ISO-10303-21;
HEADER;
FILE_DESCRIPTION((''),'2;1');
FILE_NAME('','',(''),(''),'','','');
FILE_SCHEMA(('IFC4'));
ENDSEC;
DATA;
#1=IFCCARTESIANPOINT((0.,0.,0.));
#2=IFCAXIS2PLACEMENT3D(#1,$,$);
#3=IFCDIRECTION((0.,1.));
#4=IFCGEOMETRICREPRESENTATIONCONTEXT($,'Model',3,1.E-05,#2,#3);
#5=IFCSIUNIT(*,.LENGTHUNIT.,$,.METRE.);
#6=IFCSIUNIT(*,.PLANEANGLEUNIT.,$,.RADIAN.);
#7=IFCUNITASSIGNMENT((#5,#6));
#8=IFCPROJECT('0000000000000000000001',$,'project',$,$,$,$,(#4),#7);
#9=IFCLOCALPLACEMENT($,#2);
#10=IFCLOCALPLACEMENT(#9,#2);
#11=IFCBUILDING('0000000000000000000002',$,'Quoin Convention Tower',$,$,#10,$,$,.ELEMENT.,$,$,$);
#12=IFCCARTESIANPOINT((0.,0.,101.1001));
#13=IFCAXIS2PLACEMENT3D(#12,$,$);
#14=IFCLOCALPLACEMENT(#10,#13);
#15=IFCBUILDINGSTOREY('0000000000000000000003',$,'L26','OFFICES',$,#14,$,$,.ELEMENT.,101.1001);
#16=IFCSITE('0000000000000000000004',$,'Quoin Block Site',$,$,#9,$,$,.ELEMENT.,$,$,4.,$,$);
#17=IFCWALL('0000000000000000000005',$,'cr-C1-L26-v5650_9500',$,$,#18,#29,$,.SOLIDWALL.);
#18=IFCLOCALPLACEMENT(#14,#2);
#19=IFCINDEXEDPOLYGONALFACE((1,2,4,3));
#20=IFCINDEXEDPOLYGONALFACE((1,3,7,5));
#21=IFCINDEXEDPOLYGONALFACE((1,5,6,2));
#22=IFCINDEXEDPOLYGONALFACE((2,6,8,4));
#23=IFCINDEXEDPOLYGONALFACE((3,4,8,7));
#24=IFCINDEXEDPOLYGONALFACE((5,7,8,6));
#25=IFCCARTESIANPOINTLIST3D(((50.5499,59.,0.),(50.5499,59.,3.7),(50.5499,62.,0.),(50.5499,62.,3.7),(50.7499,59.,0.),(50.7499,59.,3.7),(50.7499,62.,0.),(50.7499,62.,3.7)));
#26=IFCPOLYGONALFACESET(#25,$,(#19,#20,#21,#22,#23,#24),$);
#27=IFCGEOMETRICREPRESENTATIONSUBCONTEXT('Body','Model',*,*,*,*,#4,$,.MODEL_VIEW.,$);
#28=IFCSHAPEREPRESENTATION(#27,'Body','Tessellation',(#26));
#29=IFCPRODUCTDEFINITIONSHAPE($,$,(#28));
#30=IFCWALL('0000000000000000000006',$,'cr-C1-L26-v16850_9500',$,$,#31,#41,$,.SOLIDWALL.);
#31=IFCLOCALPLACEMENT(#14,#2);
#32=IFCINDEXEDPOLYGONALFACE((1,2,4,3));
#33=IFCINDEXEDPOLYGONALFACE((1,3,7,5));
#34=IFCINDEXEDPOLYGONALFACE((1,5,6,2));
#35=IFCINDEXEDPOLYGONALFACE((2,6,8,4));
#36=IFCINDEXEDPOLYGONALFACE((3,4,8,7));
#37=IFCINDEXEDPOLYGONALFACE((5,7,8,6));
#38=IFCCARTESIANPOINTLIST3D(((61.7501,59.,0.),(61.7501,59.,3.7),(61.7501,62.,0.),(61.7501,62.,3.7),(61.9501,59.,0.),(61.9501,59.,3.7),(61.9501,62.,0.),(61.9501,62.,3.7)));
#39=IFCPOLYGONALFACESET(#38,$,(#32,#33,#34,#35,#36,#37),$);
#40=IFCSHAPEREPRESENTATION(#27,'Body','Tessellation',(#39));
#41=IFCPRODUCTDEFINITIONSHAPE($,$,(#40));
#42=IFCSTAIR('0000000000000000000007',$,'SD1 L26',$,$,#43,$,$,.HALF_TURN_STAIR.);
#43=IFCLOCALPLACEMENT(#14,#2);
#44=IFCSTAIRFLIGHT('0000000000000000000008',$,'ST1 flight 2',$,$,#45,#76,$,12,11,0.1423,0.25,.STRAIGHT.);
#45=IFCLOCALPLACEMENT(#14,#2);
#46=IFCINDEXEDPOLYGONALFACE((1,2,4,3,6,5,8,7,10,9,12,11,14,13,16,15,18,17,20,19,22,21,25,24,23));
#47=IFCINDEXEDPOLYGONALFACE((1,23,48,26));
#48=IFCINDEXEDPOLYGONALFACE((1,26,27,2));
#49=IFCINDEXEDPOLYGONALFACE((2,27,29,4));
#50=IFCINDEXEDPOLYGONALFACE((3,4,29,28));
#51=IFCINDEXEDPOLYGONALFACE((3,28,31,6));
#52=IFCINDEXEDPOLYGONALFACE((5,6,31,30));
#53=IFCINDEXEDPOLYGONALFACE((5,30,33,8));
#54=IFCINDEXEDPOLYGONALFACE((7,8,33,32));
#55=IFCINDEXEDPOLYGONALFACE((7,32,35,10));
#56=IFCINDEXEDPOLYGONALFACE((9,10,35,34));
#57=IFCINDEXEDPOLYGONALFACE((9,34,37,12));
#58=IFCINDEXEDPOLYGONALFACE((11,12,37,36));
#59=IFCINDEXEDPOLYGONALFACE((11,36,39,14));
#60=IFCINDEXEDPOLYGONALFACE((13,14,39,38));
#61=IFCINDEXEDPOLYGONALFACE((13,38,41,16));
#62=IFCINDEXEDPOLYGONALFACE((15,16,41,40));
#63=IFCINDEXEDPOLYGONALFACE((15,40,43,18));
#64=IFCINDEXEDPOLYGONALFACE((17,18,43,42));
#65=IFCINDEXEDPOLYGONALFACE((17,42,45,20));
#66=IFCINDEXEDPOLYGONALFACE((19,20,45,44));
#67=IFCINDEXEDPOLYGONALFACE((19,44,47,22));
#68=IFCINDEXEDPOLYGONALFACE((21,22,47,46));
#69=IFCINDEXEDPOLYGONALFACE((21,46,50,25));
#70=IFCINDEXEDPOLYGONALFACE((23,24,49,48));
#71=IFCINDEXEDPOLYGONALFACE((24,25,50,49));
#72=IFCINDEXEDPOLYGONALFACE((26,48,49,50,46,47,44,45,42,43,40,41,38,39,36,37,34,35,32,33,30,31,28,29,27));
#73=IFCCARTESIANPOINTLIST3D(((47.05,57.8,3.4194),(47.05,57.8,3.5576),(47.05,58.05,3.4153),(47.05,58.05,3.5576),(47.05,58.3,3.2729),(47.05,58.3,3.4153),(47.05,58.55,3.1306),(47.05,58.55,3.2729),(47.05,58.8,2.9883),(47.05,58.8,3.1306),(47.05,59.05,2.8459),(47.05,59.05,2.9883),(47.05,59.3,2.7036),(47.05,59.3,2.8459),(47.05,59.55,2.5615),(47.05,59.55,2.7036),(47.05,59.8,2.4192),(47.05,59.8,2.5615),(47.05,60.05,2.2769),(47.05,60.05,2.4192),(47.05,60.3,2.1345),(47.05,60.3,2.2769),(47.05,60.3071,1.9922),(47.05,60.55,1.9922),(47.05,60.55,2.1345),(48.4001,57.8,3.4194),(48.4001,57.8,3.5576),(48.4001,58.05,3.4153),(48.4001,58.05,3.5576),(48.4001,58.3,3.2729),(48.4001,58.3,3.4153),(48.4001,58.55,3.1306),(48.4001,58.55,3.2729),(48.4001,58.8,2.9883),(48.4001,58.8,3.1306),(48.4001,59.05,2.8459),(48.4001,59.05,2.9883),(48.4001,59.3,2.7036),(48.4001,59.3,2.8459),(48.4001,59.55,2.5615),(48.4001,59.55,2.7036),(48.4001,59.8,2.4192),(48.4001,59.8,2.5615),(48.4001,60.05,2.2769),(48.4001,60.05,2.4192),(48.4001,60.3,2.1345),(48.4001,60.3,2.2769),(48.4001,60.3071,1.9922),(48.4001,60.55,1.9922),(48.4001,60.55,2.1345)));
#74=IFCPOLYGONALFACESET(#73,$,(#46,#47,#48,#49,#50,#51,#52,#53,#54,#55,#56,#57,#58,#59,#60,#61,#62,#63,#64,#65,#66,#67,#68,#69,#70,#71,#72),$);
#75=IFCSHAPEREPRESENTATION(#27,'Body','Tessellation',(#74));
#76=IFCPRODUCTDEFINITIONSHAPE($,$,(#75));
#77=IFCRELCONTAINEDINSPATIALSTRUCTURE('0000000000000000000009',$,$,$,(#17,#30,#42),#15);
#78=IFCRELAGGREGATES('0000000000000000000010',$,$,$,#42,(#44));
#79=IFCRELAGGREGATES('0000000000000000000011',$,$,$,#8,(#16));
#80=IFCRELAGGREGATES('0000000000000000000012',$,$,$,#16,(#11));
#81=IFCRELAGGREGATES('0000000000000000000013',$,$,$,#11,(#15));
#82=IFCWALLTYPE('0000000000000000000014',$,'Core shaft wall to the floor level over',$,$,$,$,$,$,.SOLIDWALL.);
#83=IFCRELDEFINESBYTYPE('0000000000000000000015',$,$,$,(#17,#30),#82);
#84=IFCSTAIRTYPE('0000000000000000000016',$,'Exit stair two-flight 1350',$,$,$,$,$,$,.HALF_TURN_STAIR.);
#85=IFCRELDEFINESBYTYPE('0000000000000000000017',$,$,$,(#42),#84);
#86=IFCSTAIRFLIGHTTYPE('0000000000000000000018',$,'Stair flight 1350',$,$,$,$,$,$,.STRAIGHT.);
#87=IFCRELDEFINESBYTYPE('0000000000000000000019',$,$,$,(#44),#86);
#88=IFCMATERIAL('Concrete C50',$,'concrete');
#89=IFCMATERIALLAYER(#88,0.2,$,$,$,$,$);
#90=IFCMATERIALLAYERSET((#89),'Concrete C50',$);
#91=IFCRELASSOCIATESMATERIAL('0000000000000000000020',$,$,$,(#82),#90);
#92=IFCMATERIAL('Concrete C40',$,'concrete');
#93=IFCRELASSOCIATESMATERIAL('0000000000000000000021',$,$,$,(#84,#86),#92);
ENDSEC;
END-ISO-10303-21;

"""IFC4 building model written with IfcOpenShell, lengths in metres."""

from ifc_helpers import new_model, si_unit, direction, frame, frame_2d, origin, place, context, subcontext, project, spatial, polyline, rectangle, outline, extrude, material, layer, layer_set, type_object, element, aggregate, save


model = new_model("IFC4")

# Units and contexts
model_context = context("Model", 3, precision=1e-05, world=origin(), true_north=direction((0.0, 1.0)))
body_context = subcontext(model_context, "Body", "Model", "MODEL_VIEW")
ifc_project = project(units=[si_unit("LENGTHUNIT", "METRE"), si_unit("PLANEANGLEUNIT", "RADIAN")], contexts=[model_context])

# Site, building, storey
site_placement = place(None, origin())
site = spatial("IfcSite", under=ifc_project, at=site_placement, Name="Quoin Block Site", CompositionType="ELEMENT", RefElevation=4.0)
building_placement = place(site_placement, origin())
building = spatial("IfcBuilding", under=site, at=building_placement, Name="Quoin Convention Tower", CompositionType="ELEMENT")
storey_placement = place(building_placement, frame((0.0, 0.0, 101.1001)))
storey = spatial("IfcBuildingStorey", under=building, at=storey_placement, Name="L26", Description="OFFICES", CompositionType="ELEMENT", Elevation=101.1001)

# Shared definitions
ifc_material_1 = material(Name="Concrete C50", Category="concrete")

# Walls
ifc_layer_1 = layer(ifc_material_1, 0.2)
ifc_layer_set_1 = layer_set([ifc_layer_1], Name="Concrete C50")
wall_type_1 = type_object("IfcWallType", Name="Core shaft wall to the floor level over", PredefinedType="SOLIDWALL", material=ifc_layer_set_1)
for number, where, z_axis, x_axis, name in (
    (1, (50.6499, 59.0, 0.0), (0.0, 0.0, 1.0), (0.0, 1.0, 0.0), "cr-C1-L26-v5650_9500"),
    (2, (61.8501, 59.0, 0.0), (0.0, 0.0, 1.0), (0.0, 1.0, 0.0), "cr-C1-L26-v16850_9500"),
):
    element("IfcWall", number, at=place(storey_placement, frame(where, z_axis=z_axis, x_axis=x_axis)), inside=storey, type_object=wall_type_1, Name=name, PredefinedType="SOLIDWALL", context=body_context, shape_type="SweptSolid", body=[
        extrude(rectangle(XDim=3.0, YDim=0.2, at=frame_2d((1.5, 0.0))), origin(), (0.0, 0.0, 1.0), 3.7),
    ])

# Stair, stair flight
ifc_material_2 = material(Name="Concrete C40", Category="concrete")
stair_type = type_object("IfcStairType", Name="Exit stair two-flight 1350", PredefinedType="HALF_TURN_STAIR", material=ifc_material_2)
stair_placement = place(storey_placement, origin())
stair = element("IfcStair", 3, at=stair_placement, inside=storey, type_object=stair_type, Name="SD1 L26", PredefinedType="HALF_TURN_STAIR")
stair_flight_type = type_object("IfcStairFlightType", Name="Stair flight 1350", PredefinedType="STRAIGHT", material=ifc_material_2)
stair_flight_placement = place(storey_placement, frame((47.7251, 60.55, 1.9922), z_axis=(0.0, 0.0, 1.0), x_axis=(0.0, -1.0, 0.0)))
stair_flight = element("IfcStairFlight", 4, at=stair_flight_placement, type_object=stair_flight_type, Name="ST1 flight 2", NumberOfRisers=12, NumberOfTreads=11, PredefinedType="STRAIGHT", RiserHeight=0.1423, TreadLength=0.25, context=body_context, shape_type="SweptSolid", body=[
    extrude(outline(polyline([(0.0, 0.0), (0.0, 0.1423), (0.25, 0.1423), (0.25, 0.2847), (0.5, 0.2847), (0.5, 0.427), (0.75, 0.427), (0.75, 0.5693), (1.0, 0.5693), (1.0, 0.7114), (1.25, 0.7114), (1.25, 0.8538), (1.5, 0.8538), (1.5, 0.9961), (1.75, 0.9961), (1.75, 1.1384), (2.0, 1.1384), (2.0, 1.2808), (2.25, 1.2808), (2.25, 1.4231), (2.5, 1.4231), (2.5, 1.5654), (2.75, 1.5654), (2.75, 1.7078), (2.75, 1.4272), (0.2429, 0.0), (0.0, 0.0)])), frame((0.0, 0.675, 0.0), z_axis=(0.0, -1.0, 0.0), x_axis=(1.0, 0.0, 0.0)), (0.0, 0.0, 1.0), 1.3501),
])
aggregate(stair, [stair_flight])

save(model, "model.ifc")
